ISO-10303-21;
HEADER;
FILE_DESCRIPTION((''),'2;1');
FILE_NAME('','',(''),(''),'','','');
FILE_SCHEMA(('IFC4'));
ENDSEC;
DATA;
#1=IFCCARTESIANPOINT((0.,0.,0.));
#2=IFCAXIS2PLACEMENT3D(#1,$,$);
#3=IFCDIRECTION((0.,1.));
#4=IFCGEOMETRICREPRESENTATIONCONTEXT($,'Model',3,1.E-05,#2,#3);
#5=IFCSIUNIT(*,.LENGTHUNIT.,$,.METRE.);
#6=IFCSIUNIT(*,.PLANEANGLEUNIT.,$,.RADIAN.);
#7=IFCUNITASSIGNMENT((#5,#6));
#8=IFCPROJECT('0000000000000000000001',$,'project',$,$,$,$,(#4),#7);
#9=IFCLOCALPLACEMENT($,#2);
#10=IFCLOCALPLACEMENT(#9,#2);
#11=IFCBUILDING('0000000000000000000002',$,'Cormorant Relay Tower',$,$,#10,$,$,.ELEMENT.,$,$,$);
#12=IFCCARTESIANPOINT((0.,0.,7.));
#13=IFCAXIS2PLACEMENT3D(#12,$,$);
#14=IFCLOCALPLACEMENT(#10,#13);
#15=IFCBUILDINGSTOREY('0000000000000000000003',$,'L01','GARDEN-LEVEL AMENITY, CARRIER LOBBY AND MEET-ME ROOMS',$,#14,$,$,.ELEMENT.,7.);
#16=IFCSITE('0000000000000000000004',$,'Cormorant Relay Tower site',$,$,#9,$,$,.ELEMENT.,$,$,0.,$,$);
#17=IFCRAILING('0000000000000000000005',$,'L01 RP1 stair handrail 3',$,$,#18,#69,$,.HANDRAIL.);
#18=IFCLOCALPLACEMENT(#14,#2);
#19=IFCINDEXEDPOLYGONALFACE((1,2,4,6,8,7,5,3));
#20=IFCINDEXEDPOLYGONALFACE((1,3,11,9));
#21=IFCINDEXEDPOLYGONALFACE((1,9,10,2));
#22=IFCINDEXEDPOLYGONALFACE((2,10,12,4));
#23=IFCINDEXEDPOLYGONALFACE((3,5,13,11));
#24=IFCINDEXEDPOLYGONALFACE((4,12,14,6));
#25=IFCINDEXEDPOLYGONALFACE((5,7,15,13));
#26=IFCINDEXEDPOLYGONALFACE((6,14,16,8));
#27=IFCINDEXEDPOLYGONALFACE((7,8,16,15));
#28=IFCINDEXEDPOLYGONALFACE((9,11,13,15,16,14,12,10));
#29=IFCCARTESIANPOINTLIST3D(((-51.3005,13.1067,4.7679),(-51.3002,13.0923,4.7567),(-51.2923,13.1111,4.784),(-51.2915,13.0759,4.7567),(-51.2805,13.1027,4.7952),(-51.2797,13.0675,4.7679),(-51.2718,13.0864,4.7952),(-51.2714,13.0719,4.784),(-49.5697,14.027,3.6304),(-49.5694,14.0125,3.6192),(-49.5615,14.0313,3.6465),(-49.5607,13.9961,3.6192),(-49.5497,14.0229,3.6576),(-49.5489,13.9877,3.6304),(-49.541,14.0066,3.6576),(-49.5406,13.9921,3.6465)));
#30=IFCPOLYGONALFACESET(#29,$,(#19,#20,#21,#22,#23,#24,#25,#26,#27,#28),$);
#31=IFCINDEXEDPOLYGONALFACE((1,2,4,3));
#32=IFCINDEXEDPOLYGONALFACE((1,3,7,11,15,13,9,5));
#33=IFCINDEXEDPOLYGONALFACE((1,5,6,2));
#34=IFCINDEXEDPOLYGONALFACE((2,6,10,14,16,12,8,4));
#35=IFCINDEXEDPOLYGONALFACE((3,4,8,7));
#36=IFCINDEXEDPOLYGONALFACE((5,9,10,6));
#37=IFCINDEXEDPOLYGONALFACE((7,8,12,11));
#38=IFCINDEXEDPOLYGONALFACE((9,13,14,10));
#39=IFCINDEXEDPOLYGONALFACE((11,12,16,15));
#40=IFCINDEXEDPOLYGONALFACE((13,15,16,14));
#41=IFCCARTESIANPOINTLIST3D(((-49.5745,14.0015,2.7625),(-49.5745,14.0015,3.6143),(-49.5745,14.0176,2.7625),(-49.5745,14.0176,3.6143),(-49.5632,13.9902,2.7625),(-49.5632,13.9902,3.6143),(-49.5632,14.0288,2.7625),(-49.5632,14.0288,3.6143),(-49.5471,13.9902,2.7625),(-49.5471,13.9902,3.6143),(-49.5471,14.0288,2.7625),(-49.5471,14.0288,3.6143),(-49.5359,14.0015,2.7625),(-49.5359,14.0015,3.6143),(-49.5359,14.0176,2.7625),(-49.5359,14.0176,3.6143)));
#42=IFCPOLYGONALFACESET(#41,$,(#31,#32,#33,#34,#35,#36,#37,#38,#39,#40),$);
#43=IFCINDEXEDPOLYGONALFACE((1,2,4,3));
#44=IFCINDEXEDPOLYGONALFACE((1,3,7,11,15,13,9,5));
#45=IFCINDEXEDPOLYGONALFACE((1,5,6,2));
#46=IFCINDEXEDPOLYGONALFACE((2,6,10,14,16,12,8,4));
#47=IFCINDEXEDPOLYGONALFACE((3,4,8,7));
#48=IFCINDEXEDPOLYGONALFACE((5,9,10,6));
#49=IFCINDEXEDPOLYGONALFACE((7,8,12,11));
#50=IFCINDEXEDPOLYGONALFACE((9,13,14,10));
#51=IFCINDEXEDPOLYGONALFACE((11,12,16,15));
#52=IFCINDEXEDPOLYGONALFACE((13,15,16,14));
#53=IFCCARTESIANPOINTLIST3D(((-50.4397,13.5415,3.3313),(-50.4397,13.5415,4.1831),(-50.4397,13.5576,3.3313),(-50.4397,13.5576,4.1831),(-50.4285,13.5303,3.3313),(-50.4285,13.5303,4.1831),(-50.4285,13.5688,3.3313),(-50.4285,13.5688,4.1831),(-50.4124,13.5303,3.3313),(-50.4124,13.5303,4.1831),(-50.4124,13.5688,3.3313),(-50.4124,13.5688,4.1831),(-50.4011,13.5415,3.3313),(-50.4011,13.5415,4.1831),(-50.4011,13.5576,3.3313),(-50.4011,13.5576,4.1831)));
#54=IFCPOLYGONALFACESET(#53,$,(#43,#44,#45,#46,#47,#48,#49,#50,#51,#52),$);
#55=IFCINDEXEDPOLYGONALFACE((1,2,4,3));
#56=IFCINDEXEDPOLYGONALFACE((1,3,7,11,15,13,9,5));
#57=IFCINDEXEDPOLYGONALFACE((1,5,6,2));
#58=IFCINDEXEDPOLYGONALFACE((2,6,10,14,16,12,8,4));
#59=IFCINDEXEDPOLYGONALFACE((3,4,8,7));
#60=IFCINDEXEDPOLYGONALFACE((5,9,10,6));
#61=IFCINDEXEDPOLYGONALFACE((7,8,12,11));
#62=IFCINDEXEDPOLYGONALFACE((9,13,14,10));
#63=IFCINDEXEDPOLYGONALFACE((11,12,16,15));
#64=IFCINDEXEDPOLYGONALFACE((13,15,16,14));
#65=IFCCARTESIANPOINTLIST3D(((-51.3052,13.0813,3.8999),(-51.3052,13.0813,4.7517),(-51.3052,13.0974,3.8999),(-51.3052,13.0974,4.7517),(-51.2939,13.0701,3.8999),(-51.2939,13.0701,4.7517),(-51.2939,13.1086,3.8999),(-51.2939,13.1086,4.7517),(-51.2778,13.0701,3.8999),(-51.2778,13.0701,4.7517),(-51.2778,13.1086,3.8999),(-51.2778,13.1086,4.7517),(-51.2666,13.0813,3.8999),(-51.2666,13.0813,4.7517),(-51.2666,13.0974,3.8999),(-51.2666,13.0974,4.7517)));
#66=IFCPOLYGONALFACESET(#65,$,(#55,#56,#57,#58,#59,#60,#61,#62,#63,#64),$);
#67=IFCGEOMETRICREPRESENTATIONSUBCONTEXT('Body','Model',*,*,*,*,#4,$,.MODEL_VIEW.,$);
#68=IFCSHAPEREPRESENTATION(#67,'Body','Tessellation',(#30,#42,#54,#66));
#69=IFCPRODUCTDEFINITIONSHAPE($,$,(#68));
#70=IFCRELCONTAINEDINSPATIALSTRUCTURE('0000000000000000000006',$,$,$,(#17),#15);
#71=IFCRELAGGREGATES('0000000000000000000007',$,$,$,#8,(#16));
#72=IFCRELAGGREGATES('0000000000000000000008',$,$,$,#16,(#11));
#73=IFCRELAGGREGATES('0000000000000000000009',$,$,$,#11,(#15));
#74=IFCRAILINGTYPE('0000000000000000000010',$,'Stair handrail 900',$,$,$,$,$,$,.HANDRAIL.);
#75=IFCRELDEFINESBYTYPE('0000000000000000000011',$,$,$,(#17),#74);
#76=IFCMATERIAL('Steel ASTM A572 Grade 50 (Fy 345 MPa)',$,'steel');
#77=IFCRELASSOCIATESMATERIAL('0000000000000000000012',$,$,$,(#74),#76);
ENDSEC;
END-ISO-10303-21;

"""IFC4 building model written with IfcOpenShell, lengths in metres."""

from ifc_helpers import new_model, si_unit, direction, frame, origin, place, context, subcontext, project, spatial, polyline, outline, extrude, material, type_object, element, save


model = new_model("IFC4")

# Units and contexts
model_context = context("Model", 3, precision=1e-05, world=origin(), true_north=direction((0.0, 1.0)))
body_context = subcontext(model_context, "Body", "Model", "MODEL_VIEW")
ifc_project = project(units=[si_unit("LENGTHUNIT", "METRE"), si_unit("PLANEANGLEUNIT", "RADIAN")], contexts=[model_context])

# Site, building, storey
site_placement = place(None, origin())
site = spatial("IfcSite", under=ifc_project, at=site_placement, Name="Cormorant Relay Tower site", CompositionType="ELEMENT", RefElevation=0.0)
building_placement = place(site_placement, origin())
building = spatial("IfcBuilding", under=site, at=building_placement, Name="Cormorant Relay Tower", CompositionType="ELEMENT")
storey_placement = place(building_placement, frame((0.0, 0.0, 7.0)))
storey = spatial("IfcBuildingStorey", under=building, at=storey_placement, Name="L01", Description="GARDEN-LEVEL AMENITY, CARRIER LOBBY AND MEET-ME ROOMS", CompositionType="ELEMENT", Elevation=7.0)

# Railing
ifc_material_1 = material(Name="Steel ASTM A572 Grade 50 (Fy 345 MPa)", Category="steel")
railing_type = type_object("IfcRailingType", Name="Stair handrail 900", PredefinedType="HANDRAIL", material=ifc_material_1)
for number, where, name in (
    (1, (-49.5552, 14.0095, 2.7625), "L01 RP1 stair handrail 3"),
):
    element("IfcRailing", number, at=place(storey_placement, frame(where)), inside=storey, type_object=railing_type, Name=name, PredefinedType="HANDRAIL", context=body_context, shape_type="SweptSolid", body=[
        extrude(outline(polyline([(0.0222, 0.0093), (0.0093, 0.0222), (-0.0093, 0.0222), (-0.0222, 0.0093), (-0.0222, -0.0093), (-0.0093, -0.0222), (0.0093, -0.0222), (0.0222, -0.0093), (0.0222, 0.0093)])), frame((0.0, 0.0, 0.876), z_axis=(-0.763692, -0.406031, 0.50191), x_axis=(0.469444, -0.882962, 0.0)), (0.0, 0.0, 1.0), 2.2664),
        extrude(outline(polyline([(0.0193, 0.0081), (0.0081, 0.0193), (-0.0081, 0.0193), (-0.0193, 0.0081), (-0.0193, -0.0081), (-0.0081, -0.0193), (0.0081, -0.0193), (0.0193, -0.0081), (0.0193, 0.0081)])), origin(), (0.0, 0.0, 1.0), 0.8518),
        extrude(outline(polyline([(0.0193, 0.0081), (0.0081, 0.0193), (-0.0081, 0.0193), (-0.0193, 0.0081), (-0.0193, -0.0081), (-0.0081, -0.0193), (0.0081, -0.0193), (0.0193, -0.0081), (0.0193, 0.0081)])), frame((-0.8652, -0.46, 0.5688)), (0.0, 0.0, 1.0), 0.8518),
        extrude(outline(polyline([(0.0193, 0.0081), (0.0081, 0.0193), (-0.0081, 0.0193), (-0.0193, 0.0081), (-0.0193, -0.0081), (-0.0081, -0.0193), (0.0081, -0.0193), (0.0193, -0.0081), (0.0193, 0.0081)])), frame((-1.7307, -0.9202, 1.1375)), (0.0, 0.0, 1.0), 0.8518),
    ])

save(model, "model.ifc")
